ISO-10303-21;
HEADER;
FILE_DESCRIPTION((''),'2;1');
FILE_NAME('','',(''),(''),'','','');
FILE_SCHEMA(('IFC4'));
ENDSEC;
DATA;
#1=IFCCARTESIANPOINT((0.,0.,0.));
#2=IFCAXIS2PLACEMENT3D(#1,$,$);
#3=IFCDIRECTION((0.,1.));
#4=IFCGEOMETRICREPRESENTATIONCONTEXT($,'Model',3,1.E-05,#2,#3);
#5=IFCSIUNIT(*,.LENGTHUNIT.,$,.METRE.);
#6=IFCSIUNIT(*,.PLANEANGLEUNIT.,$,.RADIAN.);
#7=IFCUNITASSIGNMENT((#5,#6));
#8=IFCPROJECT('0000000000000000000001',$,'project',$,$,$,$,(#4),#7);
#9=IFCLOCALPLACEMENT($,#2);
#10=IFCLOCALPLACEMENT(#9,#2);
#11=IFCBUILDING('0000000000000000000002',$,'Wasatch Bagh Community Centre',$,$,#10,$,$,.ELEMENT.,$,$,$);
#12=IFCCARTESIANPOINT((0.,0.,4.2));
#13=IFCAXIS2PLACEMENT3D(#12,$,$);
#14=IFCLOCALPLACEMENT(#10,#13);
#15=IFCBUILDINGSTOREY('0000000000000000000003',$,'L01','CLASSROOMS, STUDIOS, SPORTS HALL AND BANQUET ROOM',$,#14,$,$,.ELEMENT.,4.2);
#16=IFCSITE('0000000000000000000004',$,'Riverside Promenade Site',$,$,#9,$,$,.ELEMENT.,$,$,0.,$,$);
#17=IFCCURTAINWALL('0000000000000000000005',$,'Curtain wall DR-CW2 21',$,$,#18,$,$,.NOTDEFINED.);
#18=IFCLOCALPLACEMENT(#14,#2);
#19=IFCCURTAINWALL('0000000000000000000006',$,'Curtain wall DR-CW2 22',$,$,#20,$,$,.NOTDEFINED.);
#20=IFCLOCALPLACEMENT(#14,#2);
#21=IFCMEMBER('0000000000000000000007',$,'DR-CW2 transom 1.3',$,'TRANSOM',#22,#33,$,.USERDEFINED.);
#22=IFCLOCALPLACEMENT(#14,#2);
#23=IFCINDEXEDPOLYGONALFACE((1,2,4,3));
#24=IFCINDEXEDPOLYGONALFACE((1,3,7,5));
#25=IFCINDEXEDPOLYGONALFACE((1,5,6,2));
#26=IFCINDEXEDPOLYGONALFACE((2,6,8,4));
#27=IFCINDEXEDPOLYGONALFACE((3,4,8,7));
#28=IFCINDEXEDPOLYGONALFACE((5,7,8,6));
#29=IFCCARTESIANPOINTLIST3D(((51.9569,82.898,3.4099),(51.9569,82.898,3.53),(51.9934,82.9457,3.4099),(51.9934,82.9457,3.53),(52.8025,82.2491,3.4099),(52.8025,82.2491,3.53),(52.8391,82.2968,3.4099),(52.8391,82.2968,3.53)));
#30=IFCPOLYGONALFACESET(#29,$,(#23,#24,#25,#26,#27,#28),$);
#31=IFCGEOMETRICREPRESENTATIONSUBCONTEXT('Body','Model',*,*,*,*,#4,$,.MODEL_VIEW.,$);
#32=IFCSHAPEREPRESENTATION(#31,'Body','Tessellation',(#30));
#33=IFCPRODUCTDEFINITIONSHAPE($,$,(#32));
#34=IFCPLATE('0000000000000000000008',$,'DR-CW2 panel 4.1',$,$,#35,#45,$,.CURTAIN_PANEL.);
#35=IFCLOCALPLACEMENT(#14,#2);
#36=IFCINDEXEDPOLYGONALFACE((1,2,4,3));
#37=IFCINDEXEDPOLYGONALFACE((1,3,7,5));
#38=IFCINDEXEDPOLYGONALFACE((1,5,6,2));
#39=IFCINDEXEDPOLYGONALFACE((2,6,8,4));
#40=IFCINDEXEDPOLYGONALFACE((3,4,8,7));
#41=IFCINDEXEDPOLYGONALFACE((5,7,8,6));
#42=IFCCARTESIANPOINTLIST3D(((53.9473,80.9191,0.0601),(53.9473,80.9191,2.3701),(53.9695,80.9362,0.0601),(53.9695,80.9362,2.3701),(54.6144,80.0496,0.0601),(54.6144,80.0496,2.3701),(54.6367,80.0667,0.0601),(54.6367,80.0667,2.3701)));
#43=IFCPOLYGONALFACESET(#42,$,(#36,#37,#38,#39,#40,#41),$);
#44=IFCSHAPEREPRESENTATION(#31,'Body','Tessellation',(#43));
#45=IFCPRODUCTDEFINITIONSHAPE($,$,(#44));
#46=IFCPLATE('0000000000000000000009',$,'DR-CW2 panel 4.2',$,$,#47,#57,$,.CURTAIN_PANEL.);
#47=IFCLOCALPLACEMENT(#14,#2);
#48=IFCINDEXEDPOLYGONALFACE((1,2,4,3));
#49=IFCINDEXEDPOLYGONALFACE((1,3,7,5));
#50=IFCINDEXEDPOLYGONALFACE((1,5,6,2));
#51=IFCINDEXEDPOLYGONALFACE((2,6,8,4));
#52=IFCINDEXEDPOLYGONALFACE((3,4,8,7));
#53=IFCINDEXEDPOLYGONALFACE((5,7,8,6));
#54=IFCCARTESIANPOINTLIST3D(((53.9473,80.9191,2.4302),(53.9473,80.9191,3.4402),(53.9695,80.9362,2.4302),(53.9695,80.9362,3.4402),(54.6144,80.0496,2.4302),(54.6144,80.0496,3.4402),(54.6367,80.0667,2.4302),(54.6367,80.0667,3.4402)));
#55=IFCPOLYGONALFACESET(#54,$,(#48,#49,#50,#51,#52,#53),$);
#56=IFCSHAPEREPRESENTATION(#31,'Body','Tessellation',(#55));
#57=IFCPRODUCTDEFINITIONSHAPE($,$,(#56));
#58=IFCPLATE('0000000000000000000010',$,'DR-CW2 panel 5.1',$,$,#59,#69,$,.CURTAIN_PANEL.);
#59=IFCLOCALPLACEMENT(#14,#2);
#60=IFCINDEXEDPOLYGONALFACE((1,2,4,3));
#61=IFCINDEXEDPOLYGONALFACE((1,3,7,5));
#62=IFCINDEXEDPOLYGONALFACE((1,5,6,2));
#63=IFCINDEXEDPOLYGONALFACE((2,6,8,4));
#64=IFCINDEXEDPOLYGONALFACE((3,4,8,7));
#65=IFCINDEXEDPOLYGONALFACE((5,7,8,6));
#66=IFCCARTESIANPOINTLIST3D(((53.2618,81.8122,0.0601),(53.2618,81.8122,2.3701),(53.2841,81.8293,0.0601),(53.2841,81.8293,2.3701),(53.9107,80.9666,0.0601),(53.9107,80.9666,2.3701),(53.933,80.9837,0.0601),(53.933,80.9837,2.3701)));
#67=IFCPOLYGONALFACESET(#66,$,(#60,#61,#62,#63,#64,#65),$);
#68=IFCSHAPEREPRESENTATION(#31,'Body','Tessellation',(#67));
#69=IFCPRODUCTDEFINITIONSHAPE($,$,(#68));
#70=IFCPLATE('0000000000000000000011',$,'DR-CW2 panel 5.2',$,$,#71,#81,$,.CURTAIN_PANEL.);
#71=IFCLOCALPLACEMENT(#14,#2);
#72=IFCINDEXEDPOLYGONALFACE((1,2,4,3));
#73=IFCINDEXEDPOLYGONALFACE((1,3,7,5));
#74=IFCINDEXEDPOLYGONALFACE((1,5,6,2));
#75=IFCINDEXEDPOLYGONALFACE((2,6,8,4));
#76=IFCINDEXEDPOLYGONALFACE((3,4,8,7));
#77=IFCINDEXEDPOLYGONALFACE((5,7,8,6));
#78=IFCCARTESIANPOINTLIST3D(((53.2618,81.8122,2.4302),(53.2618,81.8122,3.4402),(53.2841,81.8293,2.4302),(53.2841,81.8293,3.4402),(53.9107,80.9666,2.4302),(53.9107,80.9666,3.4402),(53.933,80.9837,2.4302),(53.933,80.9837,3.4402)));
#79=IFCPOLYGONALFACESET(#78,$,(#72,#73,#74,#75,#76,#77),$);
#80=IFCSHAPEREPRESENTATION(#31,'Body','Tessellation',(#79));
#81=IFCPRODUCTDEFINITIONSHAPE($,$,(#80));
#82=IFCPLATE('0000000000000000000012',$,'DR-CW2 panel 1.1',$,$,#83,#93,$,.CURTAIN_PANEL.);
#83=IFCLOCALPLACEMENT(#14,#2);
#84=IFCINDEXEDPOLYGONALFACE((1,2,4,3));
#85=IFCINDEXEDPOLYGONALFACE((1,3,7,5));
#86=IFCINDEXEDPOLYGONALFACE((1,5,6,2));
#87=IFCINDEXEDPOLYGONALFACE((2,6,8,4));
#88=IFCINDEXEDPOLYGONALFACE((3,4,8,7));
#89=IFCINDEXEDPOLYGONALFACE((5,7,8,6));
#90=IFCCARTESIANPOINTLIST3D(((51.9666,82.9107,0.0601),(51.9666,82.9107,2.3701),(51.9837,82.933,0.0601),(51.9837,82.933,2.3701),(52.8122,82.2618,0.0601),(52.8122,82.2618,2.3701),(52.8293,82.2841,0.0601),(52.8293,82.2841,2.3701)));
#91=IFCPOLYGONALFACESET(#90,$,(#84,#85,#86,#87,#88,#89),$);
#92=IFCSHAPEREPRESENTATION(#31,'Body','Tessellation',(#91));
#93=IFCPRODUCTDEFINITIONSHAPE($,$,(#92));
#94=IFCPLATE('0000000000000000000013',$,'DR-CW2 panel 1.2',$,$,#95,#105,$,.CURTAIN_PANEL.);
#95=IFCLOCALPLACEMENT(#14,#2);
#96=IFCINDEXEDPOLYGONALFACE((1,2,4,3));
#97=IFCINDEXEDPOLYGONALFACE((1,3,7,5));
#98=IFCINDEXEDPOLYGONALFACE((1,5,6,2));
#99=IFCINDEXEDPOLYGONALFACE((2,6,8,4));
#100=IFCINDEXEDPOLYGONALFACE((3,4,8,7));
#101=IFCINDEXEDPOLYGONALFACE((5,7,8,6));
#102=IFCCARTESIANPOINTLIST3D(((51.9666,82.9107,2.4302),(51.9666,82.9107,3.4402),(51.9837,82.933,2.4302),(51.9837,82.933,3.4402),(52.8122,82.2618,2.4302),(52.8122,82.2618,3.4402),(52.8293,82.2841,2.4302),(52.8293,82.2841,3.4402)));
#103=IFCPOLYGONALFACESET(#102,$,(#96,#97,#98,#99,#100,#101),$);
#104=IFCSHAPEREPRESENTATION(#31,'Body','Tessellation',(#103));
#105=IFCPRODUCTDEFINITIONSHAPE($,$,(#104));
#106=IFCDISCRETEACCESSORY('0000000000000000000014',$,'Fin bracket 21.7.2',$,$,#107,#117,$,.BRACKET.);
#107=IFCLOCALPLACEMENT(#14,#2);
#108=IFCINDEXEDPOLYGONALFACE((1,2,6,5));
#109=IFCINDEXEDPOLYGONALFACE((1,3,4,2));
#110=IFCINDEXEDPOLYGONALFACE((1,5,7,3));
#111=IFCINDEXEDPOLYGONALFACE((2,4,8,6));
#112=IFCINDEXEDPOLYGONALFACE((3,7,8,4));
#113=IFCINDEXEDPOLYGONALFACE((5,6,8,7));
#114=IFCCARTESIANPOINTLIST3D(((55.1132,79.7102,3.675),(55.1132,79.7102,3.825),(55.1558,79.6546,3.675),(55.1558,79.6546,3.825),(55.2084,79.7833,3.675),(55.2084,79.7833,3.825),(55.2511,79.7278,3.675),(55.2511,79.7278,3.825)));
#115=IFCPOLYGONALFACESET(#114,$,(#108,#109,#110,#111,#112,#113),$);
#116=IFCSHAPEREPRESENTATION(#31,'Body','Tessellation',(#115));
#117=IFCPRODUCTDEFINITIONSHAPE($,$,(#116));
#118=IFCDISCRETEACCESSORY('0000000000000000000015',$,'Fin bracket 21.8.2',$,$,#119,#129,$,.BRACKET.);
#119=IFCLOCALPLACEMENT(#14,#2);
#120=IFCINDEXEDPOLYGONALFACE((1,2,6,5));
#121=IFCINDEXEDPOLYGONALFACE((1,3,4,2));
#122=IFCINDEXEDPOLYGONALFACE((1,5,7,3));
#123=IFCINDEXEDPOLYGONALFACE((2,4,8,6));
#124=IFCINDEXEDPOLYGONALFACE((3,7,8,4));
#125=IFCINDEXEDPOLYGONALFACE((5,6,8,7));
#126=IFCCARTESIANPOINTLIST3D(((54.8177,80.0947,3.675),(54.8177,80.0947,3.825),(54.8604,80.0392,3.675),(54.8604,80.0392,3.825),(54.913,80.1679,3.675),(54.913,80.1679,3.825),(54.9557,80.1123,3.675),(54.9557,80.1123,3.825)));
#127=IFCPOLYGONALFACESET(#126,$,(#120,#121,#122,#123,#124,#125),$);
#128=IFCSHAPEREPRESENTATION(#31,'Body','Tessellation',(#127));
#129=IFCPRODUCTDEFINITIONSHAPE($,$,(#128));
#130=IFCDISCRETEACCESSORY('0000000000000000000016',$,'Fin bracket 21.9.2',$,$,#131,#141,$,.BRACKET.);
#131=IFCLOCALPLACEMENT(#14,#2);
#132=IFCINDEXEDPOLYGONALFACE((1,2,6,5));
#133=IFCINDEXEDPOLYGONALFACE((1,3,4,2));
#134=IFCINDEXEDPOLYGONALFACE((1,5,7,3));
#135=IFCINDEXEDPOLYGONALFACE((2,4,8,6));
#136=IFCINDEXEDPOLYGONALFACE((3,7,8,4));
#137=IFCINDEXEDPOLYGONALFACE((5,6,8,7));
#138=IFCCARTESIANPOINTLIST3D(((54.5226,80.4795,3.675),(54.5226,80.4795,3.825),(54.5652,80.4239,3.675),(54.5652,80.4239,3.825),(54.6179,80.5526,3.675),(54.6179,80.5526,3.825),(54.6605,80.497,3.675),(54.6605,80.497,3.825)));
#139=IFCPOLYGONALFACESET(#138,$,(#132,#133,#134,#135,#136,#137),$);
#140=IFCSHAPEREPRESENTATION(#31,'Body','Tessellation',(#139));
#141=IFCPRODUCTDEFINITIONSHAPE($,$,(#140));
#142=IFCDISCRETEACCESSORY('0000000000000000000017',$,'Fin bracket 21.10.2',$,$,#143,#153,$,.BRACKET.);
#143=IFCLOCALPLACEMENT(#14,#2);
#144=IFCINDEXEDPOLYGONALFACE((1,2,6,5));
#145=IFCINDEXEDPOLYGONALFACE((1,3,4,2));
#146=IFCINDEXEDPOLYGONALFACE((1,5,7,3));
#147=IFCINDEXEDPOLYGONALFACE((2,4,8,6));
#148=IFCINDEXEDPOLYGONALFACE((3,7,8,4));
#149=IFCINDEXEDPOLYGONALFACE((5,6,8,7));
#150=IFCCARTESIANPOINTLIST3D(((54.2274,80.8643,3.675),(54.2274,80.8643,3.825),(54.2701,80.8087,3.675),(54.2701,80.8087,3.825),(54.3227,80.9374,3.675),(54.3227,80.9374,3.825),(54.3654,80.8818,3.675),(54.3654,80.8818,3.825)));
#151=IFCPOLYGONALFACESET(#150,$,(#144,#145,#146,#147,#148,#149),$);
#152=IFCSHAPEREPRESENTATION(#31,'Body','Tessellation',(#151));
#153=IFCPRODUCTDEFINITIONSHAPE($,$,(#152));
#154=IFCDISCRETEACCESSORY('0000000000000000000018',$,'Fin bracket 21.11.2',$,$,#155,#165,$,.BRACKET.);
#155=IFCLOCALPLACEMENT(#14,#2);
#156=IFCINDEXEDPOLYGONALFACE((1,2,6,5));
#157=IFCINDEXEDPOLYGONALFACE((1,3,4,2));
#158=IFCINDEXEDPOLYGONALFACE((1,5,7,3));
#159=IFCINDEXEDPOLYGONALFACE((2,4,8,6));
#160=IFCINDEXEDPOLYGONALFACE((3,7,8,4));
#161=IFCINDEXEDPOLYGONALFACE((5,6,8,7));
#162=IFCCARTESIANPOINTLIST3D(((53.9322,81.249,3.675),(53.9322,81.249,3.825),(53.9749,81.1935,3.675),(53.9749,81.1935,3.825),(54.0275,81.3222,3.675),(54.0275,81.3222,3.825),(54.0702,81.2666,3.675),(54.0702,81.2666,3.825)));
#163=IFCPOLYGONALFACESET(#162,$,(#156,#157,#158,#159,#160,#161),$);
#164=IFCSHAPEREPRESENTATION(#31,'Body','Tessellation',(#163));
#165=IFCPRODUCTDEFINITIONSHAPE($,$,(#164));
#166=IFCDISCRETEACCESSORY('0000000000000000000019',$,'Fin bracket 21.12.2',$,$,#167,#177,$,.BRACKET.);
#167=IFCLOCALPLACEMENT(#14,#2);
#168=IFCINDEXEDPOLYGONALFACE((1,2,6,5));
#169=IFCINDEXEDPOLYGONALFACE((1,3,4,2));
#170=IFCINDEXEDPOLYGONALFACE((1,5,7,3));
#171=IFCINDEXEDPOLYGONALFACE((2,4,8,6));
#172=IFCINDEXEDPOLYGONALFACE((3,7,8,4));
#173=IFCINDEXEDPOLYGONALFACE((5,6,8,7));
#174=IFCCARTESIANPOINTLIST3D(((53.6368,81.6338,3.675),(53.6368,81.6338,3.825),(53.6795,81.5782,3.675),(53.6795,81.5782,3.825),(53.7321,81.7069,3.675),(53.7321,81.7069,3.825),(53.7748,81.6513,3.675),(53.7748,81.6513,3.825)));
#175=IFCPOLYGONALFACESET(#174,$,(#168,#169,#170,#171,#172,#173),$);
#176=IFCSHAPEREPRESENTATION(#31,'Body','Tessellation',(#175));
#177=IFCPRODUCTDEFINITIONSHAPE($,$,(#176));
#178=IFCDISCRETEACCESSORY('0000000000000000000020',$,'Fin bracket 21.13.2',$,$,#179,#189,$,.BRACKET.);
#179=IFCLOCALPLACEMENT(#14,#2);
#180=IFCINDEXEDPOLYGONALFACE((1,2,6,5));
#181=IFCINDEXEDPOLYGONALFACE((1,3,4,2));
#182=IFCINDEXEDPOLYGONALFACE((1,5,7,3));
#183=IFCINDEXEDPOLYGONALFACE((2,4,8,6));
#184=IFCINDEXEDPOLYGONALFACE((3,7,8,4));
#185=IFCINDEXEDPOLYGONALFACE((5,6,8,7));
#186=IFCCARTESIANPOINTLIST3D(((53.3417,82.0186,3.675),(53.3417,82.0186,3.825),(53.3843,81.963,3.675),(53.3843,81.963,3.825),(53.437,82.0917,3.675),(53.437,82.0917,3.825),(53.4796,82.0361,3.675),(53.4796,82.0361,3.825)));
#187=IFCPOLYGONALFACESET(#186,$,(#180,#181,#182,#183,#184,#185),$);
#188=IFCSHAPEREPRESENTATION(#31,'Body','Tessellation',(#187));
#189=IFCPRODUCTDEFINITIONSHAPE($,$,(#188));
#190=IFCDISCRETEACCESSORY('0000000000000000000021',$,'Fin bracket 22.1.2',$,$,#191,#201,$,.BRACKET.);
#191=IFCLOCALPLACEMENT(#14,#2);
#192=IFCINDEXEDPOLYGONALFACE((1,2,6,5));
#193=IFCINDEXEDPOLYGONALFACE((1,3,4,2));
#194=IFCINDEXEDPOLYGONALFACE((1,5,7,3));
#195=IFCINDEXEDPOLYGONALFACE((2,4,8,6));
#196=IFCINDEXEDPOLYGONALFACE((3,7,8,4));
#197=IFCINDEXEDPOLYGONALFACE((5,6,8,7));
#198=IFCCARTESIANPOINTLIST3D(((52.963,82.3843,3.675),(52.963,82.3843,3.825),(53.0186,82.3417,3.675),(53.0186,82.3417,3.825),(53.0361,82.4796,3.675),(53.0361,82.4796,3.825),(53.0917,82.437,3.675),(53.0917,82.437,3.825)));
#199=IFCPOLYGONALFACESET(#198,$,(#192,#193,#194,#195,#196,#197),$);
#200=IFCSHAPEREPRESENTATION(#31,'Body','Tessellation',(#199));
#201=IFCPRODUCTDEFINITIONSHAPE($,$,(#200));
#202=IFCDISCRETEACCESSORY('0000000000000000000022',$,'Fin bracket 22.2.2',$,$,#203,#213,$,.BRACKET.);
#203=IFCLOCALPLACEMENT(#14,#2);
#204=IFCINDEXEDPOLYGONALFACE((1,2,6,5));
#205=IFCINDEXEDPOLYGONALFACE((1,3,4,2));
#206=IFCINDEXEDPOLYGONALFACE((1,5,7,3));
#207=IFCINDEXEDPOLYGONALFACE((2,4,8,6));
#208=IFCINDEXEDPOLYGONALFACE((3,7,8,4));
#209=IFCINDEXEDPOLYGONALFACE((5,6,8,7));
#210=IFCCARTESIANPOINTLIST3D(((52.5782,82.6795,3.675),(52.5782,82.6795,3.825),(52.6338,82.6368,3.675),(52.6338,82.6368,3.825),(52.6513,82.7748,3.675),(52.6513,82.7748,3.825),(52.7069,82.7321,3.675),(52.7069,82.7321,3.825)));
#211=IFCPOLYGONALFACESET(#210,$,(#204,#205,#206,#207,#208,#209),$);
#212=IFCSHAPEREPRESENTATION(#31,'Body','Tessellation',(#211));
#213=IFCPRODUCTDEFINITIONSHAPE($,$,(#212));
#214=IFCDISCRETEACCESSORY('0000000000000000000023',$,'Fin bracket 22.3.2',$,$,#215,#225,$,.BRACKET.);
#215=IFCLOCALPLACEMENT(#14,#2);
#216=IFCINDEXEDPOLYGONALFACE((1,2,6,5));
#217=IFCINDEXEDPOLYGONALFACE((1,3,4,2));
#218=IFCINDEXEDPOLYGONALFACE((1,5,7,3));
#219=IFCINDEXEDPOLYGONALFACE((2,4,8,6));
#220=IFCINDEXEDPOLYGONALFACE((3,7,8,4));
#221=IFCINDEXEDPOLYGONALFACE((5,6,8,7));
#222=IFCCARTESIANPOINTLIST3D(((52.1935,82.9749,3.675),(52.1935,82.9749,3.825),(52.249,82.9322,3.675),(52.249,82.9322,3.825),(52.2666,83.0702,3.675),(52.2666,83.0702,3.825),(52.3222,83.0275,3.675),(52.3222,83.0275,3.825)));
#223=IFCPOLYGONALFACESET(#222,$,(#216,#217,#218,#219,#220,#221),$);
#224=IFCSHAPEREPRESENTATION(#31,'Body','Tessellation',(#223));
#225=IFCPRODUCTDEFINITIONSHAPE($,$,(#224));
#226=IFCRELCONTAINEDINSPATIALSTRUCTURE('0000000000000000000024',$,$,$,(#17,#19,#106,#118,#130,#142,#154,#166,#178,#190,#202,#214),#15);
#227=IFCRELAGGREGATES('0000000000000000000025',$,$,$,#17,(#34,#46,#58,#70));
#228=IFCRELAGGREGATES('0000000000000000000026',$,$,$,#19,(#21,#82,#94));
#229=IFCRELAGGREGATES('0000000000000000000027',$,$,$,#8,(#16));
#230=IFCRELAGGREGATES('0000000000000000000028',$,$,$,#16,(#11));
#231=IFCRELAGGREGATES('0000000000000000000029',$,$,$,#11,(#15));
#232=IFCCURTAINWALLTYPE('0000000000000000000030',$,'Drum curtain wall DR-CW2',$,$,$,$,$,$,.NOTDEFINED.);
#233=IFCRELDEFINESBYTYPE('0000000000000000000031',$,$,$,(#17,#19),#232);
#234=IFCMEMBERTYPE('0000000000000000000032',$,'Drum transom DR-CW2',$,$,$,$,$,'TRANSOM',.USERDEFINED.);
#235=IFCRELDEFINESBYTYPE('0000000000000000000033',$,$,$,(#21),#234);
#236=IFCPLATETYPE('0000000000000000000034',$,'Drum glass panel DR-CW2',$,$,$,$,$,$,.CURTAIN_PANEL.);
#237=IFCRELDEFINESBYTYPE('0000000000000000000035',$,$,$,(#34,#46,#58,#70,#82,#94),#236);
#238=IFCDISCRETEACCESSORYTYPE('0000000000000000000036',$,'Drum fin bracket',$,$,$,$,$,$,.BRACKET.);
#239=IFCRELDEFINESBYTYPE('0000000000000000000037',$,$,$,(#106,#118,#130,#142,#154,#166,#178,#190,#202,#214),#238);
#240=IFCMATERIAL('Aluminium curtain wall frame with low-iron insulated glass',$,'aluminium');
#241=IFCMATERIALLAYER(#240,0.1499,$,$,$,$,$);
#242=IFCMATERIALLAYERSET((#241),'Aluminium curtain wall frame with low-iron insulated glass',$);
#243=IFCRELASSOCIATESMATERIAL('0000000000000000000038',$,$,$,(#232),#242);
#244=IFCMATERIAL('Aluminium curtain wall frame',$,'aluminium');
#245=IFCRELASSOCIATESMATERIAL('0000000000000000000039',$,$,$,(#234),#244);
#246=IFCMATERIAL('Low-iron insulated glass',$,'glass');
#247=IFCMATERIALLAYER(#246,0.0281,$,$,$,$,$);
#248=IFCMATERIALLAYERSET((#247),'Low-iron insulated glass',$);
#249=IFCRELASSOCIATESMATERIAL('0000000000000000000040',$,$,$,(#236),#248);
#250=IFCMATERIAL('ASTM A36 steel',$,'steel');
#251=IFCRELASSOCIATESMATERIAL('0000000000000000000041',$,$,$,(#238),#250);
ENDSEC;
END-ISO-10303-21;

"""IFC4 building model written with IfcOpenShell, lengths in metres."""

from ifc_helpers import new_model, si_unit, direction, frame, origin, origin_2d, place, context, subcontext, project, spatial, rectangle, extrude, material, layer, layer_set, material_profile, profile_set, type_object, element, aggregate, save


model = new_model("IFC4")

# Units and contexts
model_context = context("Model", 3, precision=1e-05, world=origin(), true_north=direction((0.0, 1.0)))
body_context = subcontext(model_context, "Body", "Model", "MODEL_VIEW")
ifc_project = project(units=[si_unit("LENGTHUNIT", "METRE"), si_unit("PLANEANGLEUNIT", "RADIAN")], contexts=[model_context])

# Site, building, storey
site_placement = place(None, origin())
site = spatial("IfcSite", under=ifc_project, at=site_placement, Name="Riverside Promenade Site", CompositionType="ELEMENT", RefElevation=0.0)
building_placement = place(site_placement, origin())
building = spatial("IfcBuilding", under=site, at=building_placement, Name="Wasatch Bagh Community Centre", CompositionType="ELEMENT")
storey_placement = place(building_placement, frame((0.0, 0.0, 4.2)))
storey = spatial("IfcBuildingStorey", under=building, at=storey_placement, Name="L01", Description="CLASSROOMS, STUDIOS, SPORTS HALL AND BANQUET ROOM", CompositionType="ELEMENT", Elevation=4.2)

# Curtain wall
ifc_material_1 = material(Name="Aluminium curtain wall frame with low-iron insulated glass", Category="aluminium")
ifc_layer_1 = layer(ifc_material_1, 0.1499)
ifc_layer_set_1 = layer_set([ifc_layer_1], Name="Aluminium curtain wall frame with low-iron insulated glass")
curtain_wall_type = type_object("IfcCurtainWallType", Name="Drum curtain wall DR-CW2", PredefinedType="NOTDEFINED", material=ifc_layer_set_1)
curtain_wall_1_placement = place(storey_placement, origin())
curtain_wall_1 = element("IfcCurtainWall", 1, at=curtain_wall_1_placement, inside=storey, type_object=curtain_wall_type, Name="Curtain wall DR-CW2 21", PredefinedType="NOTDEFINED")
ifc_material_2 = material(Name="Aluminium curtain wall frame", Category="aluminium")

# Curtain wall
curtain_wall_2_placement = place(storey_placement, origin())
curtain_wall_2 = element("IfcCurtainWall", 2, at=curtain_wall_2_placement, inside=storey, type_object=curtain_wall_type, Name="Curtain wall DR-CW2 22", PredefinedType="NOTDEFINED")

# Member
ifc_material_profile_1 = material_profile(ifc_material_2, rectangle(XDim=0.0601, YDim=0.1201, at=origin_2d()), Name="Drum transom DR-CW2")
ifc_profile_set_1 = profile_set([ifc_material_profile_1], Name="Aluminium curtain wall frame")
member_type_1 = type_object("IfcMemberType", Name="Drum transom DR-CW2", ElementType="TRANSOM", PredefinedType="USERDEFINED", material=ifc_profile_set_1)
member_1_placement = place(storey_placement, frame((52.8208, 82.2729, 3.47), z_axis=(-0.793356, 0.608758, 0.0), x_axis=(-0.608758, -0.793356, 0.0)))
member_1 = element("IfcMember", 3, at=member_1_placement, type_object=member_type_1, Name="DR-CW2 transom 1.3", ObjectType="TRANSOM", PredefinedType="USERDEFINED", context=body_context, shape_type="SweptSolid", body=[
    extrude(rectangle(XDim=0.0601, YDim=0.1201, at=origin_2d()), origin(), (0.0, 0.0, 1.0), 1.0659),
])

# Plates
ifc_material_3 = material(Name="Low-iron insulated glass", Category="glass")
ifc_layer_2 = layer(ifc_material_3, 0.0281)
ifc_layer_set_2 = layer_set([ifc_layer_2], Name="Low-iron insulated glass")
plate_type = type_object("IfcPlateType", Name="Drum glass panel DR-CW2", PredefinedType="CURTAIN_PANEL", material=ifc_layer_set_2)
plate_1_placement = place(storey_placement, frame((54.292, 80.4929, 0.0601), z_axis=(0.0, 0.0, 1.0), x_axis=(-0.608761, 0.793353, 0.0)))
plate_1 = element("IfcPlate", 4, at=plate_1_placement, type_object=plate_type, Name="DR-CW2 panel 4.1", PredefinedType="CURTAIN_PANEL", context=body_context, shape_type="SweptSolid", body=[
    extrude(rectangle(XDim=1.0959, YDim=0.0281, at=origin_2d()), origin(), (0.0, 0.0, 1.0), 2.3101),
])
plate_2_placement = place(storey_placement, frame((54.292, 80.4929, 2.4302), z_axis=(0.0, 0.0, 1.0), x_axis=(-0.608761, 0.793353, 0.0)))
plate_2 = element("IfcPlate", 5, at=plate_2_placement, type_object=plate_type, Name="DR-CW2 panel 4.2", PredefinedType="CURTAIN_PANEL", context=body_context, shape_type="SweptSolid", body=[
    extrude(rectangle(XDim=1.0959, YDim=0.0281, at=origin_2d()), origin(), (0.0, 0.0, 1.0), 1.01),
])
plate_3_placement = place(storey_placement, frame((53.5974, 81.3979, 0.0601), z_axis=(0.0, 0.0, 1.0), x_axis=(-0.608761, 0.793353, 0.0)))
plate_3 = element("IfcPlate", 6, at=plate_3_placement, type_object=plate_type, Name="DR-CW2 panel 5.1", PredefinedType="CURTAIN_PANEL", context=body_context, shape_type="SweptSolid", body=[
    extrude(rectangle(XDim=1.0659, YDim=0.0281, at=origin_2d()), origin(), (0.0, 0.0, 1.0), 2.3101),
])
plate_4_placement = place(storey_placement, frame((53.5974, 81.3979, 2.4302), z_axis=(0.0, 0.0, 1.0), x_axis=(-0.608761, 0.793353, 0.0)))
plate_4 = element("IfcPlate", 7, at=plate_4_placement, type_object=plate_type, Name="DR-CW2 panel 5.2", PredefinedType="CURTAIN_PANEL", context=body_context, shape_type="SweptSolid", body=[
    extrude(rectangle(XDim=1.0659, YDim=0.0281, at=origin_2d()), origin(), (0.0, 0.0, 1.0), 1.01),
])
aggregate(curtain_wall_1, [plate_1, plate_2, plate_3, plate_4])
plate_5_placement = place(storey_placement, frame((52.3979, 82.5974, 0.0601), z_axis=(0.0, 0.0, 1.0), x_axis=(-0.793353, 0.608761, 0.0)))
plate_5 = element("IfcPlate", 8, at=plate_5_placement, type_object=plate_type, Name="DR-CW2 panel 1.1", PredefinedType="CURTAIN_PANEL", context=body_context, shape_type="SweptSolid", body=[
    extrude(rectangle(XDim=1.0659, YDim=0.0281, at=origin_2d()), origin(), (0.0, 0.0, 1.0), 2.3101),
])
plate_6_placement = place(storey_placement, frame((52.3979, 82.5974, 2.4302), z_axis=(0.0, 0.0, 1.0), x_axis=(-0.793353, 0.608761, 0.0)))
plate_6 = element("IfcPlate", 9, at=plate_6_placement, type_object=plate_type, Name="DR-CW2 panel 1.2", PredefinedType="CURTAIN_PANEL", context=body_context, shape_type="SweptSolid", body=[
    extrude(rectangle(XDim=1.0659, YDim=0.0281, at=origin_2d()), origin(), (0.0, 0.0, 1.0), 1.01),
])
aggregate(curtain_wall_2, [member_1, plate_5, plate_6])

# Discrete accessories
ifc_material_4 = material(Name="ASTM A36 steel", Category="steel")
discrete_accessory_type = type_object("IfcDiscreteAccessoryType", Name="Drum fin bracket", PredefinedType="BRACKET", material=ifc_material_4)
for number, where, z_axis, x_axis, name in (
    (10, (55.1821, 79.719, 3.675), (0.0, 0.0, 1.0), (-0.608761, 0.793353, 0.0), "Fin bracket 21.7.2"),
    (11, (54.8867, 80.1035, 3.675), (0.0, 0.0, 1.0), (-0.608761, 0.793353, 0.0), "Fin bracket 21.8.2"),
    (12, (54.5916, 80.4883, 3.675), (0.0, 0.0, 1.0), (-0.608761, 0.793353, 0.0), "Fin bracket 21.9.2"),
    (13, (54.2964, 80.873, 3.675), (0.0, 0.0, 1.0), (-0.608761, 0.793353, 0.0), "Fin bracket 21.10.2"),
    (14, (54.0012, 81.2578, 3.675), (0.0, 0.0, 1.0), (-0.608761, 0.793353, 0.0), "Fin bracket 21.11.2"),
    (15, (53.7058, 81.6426, 3.675), (0.0, 0.0, 1.0), (-0.608761, 0.793353, 0.0), "Fin bracket 21.12.2"),
    (16, (53.4106, 82.0273, 3.675), (0.0, 0.0, 1.0), (-0.608761, 0.793353, 0.0), "Fin bracket 21.13.2"),
    (17, (53.0273, 82.4106, 3.675), (0.0, 0.0, 1.0), (-0.793353, 0.608761, 0.0), "Fin bracket 22.1.2"),
    (18, (52.6426, 82.7058, 3.675), (0.0, 0.0, 1.0), (-0.793353, 0.608761, 0.0), "Fin bracket 22.2.2"),
    (19, (52.2578, 83.0012, 3.675), (0.0, 0.0, 1.0), (-0.793353, 0.608761, 0.0), "Fin bracket 22.3.2"),
):
    element("IfcDiscreteAccessory", number, at=place(storey_placement, frame(where, z_axis=z_axis, x_axis=x_axis)), inside=storey, type_object=discrete_accessory_type, Name=name, PredefinedType="BRACKET", context=body_context, shape_type="SweptSolid", body=[
        extrude(rectangle(XDim=0.0701, YDim=0.1201, at=origin_2d()), origin(), (0.0, 0.0, 1.0), 0.1499),
    ])

save(model, "model.ifc")
